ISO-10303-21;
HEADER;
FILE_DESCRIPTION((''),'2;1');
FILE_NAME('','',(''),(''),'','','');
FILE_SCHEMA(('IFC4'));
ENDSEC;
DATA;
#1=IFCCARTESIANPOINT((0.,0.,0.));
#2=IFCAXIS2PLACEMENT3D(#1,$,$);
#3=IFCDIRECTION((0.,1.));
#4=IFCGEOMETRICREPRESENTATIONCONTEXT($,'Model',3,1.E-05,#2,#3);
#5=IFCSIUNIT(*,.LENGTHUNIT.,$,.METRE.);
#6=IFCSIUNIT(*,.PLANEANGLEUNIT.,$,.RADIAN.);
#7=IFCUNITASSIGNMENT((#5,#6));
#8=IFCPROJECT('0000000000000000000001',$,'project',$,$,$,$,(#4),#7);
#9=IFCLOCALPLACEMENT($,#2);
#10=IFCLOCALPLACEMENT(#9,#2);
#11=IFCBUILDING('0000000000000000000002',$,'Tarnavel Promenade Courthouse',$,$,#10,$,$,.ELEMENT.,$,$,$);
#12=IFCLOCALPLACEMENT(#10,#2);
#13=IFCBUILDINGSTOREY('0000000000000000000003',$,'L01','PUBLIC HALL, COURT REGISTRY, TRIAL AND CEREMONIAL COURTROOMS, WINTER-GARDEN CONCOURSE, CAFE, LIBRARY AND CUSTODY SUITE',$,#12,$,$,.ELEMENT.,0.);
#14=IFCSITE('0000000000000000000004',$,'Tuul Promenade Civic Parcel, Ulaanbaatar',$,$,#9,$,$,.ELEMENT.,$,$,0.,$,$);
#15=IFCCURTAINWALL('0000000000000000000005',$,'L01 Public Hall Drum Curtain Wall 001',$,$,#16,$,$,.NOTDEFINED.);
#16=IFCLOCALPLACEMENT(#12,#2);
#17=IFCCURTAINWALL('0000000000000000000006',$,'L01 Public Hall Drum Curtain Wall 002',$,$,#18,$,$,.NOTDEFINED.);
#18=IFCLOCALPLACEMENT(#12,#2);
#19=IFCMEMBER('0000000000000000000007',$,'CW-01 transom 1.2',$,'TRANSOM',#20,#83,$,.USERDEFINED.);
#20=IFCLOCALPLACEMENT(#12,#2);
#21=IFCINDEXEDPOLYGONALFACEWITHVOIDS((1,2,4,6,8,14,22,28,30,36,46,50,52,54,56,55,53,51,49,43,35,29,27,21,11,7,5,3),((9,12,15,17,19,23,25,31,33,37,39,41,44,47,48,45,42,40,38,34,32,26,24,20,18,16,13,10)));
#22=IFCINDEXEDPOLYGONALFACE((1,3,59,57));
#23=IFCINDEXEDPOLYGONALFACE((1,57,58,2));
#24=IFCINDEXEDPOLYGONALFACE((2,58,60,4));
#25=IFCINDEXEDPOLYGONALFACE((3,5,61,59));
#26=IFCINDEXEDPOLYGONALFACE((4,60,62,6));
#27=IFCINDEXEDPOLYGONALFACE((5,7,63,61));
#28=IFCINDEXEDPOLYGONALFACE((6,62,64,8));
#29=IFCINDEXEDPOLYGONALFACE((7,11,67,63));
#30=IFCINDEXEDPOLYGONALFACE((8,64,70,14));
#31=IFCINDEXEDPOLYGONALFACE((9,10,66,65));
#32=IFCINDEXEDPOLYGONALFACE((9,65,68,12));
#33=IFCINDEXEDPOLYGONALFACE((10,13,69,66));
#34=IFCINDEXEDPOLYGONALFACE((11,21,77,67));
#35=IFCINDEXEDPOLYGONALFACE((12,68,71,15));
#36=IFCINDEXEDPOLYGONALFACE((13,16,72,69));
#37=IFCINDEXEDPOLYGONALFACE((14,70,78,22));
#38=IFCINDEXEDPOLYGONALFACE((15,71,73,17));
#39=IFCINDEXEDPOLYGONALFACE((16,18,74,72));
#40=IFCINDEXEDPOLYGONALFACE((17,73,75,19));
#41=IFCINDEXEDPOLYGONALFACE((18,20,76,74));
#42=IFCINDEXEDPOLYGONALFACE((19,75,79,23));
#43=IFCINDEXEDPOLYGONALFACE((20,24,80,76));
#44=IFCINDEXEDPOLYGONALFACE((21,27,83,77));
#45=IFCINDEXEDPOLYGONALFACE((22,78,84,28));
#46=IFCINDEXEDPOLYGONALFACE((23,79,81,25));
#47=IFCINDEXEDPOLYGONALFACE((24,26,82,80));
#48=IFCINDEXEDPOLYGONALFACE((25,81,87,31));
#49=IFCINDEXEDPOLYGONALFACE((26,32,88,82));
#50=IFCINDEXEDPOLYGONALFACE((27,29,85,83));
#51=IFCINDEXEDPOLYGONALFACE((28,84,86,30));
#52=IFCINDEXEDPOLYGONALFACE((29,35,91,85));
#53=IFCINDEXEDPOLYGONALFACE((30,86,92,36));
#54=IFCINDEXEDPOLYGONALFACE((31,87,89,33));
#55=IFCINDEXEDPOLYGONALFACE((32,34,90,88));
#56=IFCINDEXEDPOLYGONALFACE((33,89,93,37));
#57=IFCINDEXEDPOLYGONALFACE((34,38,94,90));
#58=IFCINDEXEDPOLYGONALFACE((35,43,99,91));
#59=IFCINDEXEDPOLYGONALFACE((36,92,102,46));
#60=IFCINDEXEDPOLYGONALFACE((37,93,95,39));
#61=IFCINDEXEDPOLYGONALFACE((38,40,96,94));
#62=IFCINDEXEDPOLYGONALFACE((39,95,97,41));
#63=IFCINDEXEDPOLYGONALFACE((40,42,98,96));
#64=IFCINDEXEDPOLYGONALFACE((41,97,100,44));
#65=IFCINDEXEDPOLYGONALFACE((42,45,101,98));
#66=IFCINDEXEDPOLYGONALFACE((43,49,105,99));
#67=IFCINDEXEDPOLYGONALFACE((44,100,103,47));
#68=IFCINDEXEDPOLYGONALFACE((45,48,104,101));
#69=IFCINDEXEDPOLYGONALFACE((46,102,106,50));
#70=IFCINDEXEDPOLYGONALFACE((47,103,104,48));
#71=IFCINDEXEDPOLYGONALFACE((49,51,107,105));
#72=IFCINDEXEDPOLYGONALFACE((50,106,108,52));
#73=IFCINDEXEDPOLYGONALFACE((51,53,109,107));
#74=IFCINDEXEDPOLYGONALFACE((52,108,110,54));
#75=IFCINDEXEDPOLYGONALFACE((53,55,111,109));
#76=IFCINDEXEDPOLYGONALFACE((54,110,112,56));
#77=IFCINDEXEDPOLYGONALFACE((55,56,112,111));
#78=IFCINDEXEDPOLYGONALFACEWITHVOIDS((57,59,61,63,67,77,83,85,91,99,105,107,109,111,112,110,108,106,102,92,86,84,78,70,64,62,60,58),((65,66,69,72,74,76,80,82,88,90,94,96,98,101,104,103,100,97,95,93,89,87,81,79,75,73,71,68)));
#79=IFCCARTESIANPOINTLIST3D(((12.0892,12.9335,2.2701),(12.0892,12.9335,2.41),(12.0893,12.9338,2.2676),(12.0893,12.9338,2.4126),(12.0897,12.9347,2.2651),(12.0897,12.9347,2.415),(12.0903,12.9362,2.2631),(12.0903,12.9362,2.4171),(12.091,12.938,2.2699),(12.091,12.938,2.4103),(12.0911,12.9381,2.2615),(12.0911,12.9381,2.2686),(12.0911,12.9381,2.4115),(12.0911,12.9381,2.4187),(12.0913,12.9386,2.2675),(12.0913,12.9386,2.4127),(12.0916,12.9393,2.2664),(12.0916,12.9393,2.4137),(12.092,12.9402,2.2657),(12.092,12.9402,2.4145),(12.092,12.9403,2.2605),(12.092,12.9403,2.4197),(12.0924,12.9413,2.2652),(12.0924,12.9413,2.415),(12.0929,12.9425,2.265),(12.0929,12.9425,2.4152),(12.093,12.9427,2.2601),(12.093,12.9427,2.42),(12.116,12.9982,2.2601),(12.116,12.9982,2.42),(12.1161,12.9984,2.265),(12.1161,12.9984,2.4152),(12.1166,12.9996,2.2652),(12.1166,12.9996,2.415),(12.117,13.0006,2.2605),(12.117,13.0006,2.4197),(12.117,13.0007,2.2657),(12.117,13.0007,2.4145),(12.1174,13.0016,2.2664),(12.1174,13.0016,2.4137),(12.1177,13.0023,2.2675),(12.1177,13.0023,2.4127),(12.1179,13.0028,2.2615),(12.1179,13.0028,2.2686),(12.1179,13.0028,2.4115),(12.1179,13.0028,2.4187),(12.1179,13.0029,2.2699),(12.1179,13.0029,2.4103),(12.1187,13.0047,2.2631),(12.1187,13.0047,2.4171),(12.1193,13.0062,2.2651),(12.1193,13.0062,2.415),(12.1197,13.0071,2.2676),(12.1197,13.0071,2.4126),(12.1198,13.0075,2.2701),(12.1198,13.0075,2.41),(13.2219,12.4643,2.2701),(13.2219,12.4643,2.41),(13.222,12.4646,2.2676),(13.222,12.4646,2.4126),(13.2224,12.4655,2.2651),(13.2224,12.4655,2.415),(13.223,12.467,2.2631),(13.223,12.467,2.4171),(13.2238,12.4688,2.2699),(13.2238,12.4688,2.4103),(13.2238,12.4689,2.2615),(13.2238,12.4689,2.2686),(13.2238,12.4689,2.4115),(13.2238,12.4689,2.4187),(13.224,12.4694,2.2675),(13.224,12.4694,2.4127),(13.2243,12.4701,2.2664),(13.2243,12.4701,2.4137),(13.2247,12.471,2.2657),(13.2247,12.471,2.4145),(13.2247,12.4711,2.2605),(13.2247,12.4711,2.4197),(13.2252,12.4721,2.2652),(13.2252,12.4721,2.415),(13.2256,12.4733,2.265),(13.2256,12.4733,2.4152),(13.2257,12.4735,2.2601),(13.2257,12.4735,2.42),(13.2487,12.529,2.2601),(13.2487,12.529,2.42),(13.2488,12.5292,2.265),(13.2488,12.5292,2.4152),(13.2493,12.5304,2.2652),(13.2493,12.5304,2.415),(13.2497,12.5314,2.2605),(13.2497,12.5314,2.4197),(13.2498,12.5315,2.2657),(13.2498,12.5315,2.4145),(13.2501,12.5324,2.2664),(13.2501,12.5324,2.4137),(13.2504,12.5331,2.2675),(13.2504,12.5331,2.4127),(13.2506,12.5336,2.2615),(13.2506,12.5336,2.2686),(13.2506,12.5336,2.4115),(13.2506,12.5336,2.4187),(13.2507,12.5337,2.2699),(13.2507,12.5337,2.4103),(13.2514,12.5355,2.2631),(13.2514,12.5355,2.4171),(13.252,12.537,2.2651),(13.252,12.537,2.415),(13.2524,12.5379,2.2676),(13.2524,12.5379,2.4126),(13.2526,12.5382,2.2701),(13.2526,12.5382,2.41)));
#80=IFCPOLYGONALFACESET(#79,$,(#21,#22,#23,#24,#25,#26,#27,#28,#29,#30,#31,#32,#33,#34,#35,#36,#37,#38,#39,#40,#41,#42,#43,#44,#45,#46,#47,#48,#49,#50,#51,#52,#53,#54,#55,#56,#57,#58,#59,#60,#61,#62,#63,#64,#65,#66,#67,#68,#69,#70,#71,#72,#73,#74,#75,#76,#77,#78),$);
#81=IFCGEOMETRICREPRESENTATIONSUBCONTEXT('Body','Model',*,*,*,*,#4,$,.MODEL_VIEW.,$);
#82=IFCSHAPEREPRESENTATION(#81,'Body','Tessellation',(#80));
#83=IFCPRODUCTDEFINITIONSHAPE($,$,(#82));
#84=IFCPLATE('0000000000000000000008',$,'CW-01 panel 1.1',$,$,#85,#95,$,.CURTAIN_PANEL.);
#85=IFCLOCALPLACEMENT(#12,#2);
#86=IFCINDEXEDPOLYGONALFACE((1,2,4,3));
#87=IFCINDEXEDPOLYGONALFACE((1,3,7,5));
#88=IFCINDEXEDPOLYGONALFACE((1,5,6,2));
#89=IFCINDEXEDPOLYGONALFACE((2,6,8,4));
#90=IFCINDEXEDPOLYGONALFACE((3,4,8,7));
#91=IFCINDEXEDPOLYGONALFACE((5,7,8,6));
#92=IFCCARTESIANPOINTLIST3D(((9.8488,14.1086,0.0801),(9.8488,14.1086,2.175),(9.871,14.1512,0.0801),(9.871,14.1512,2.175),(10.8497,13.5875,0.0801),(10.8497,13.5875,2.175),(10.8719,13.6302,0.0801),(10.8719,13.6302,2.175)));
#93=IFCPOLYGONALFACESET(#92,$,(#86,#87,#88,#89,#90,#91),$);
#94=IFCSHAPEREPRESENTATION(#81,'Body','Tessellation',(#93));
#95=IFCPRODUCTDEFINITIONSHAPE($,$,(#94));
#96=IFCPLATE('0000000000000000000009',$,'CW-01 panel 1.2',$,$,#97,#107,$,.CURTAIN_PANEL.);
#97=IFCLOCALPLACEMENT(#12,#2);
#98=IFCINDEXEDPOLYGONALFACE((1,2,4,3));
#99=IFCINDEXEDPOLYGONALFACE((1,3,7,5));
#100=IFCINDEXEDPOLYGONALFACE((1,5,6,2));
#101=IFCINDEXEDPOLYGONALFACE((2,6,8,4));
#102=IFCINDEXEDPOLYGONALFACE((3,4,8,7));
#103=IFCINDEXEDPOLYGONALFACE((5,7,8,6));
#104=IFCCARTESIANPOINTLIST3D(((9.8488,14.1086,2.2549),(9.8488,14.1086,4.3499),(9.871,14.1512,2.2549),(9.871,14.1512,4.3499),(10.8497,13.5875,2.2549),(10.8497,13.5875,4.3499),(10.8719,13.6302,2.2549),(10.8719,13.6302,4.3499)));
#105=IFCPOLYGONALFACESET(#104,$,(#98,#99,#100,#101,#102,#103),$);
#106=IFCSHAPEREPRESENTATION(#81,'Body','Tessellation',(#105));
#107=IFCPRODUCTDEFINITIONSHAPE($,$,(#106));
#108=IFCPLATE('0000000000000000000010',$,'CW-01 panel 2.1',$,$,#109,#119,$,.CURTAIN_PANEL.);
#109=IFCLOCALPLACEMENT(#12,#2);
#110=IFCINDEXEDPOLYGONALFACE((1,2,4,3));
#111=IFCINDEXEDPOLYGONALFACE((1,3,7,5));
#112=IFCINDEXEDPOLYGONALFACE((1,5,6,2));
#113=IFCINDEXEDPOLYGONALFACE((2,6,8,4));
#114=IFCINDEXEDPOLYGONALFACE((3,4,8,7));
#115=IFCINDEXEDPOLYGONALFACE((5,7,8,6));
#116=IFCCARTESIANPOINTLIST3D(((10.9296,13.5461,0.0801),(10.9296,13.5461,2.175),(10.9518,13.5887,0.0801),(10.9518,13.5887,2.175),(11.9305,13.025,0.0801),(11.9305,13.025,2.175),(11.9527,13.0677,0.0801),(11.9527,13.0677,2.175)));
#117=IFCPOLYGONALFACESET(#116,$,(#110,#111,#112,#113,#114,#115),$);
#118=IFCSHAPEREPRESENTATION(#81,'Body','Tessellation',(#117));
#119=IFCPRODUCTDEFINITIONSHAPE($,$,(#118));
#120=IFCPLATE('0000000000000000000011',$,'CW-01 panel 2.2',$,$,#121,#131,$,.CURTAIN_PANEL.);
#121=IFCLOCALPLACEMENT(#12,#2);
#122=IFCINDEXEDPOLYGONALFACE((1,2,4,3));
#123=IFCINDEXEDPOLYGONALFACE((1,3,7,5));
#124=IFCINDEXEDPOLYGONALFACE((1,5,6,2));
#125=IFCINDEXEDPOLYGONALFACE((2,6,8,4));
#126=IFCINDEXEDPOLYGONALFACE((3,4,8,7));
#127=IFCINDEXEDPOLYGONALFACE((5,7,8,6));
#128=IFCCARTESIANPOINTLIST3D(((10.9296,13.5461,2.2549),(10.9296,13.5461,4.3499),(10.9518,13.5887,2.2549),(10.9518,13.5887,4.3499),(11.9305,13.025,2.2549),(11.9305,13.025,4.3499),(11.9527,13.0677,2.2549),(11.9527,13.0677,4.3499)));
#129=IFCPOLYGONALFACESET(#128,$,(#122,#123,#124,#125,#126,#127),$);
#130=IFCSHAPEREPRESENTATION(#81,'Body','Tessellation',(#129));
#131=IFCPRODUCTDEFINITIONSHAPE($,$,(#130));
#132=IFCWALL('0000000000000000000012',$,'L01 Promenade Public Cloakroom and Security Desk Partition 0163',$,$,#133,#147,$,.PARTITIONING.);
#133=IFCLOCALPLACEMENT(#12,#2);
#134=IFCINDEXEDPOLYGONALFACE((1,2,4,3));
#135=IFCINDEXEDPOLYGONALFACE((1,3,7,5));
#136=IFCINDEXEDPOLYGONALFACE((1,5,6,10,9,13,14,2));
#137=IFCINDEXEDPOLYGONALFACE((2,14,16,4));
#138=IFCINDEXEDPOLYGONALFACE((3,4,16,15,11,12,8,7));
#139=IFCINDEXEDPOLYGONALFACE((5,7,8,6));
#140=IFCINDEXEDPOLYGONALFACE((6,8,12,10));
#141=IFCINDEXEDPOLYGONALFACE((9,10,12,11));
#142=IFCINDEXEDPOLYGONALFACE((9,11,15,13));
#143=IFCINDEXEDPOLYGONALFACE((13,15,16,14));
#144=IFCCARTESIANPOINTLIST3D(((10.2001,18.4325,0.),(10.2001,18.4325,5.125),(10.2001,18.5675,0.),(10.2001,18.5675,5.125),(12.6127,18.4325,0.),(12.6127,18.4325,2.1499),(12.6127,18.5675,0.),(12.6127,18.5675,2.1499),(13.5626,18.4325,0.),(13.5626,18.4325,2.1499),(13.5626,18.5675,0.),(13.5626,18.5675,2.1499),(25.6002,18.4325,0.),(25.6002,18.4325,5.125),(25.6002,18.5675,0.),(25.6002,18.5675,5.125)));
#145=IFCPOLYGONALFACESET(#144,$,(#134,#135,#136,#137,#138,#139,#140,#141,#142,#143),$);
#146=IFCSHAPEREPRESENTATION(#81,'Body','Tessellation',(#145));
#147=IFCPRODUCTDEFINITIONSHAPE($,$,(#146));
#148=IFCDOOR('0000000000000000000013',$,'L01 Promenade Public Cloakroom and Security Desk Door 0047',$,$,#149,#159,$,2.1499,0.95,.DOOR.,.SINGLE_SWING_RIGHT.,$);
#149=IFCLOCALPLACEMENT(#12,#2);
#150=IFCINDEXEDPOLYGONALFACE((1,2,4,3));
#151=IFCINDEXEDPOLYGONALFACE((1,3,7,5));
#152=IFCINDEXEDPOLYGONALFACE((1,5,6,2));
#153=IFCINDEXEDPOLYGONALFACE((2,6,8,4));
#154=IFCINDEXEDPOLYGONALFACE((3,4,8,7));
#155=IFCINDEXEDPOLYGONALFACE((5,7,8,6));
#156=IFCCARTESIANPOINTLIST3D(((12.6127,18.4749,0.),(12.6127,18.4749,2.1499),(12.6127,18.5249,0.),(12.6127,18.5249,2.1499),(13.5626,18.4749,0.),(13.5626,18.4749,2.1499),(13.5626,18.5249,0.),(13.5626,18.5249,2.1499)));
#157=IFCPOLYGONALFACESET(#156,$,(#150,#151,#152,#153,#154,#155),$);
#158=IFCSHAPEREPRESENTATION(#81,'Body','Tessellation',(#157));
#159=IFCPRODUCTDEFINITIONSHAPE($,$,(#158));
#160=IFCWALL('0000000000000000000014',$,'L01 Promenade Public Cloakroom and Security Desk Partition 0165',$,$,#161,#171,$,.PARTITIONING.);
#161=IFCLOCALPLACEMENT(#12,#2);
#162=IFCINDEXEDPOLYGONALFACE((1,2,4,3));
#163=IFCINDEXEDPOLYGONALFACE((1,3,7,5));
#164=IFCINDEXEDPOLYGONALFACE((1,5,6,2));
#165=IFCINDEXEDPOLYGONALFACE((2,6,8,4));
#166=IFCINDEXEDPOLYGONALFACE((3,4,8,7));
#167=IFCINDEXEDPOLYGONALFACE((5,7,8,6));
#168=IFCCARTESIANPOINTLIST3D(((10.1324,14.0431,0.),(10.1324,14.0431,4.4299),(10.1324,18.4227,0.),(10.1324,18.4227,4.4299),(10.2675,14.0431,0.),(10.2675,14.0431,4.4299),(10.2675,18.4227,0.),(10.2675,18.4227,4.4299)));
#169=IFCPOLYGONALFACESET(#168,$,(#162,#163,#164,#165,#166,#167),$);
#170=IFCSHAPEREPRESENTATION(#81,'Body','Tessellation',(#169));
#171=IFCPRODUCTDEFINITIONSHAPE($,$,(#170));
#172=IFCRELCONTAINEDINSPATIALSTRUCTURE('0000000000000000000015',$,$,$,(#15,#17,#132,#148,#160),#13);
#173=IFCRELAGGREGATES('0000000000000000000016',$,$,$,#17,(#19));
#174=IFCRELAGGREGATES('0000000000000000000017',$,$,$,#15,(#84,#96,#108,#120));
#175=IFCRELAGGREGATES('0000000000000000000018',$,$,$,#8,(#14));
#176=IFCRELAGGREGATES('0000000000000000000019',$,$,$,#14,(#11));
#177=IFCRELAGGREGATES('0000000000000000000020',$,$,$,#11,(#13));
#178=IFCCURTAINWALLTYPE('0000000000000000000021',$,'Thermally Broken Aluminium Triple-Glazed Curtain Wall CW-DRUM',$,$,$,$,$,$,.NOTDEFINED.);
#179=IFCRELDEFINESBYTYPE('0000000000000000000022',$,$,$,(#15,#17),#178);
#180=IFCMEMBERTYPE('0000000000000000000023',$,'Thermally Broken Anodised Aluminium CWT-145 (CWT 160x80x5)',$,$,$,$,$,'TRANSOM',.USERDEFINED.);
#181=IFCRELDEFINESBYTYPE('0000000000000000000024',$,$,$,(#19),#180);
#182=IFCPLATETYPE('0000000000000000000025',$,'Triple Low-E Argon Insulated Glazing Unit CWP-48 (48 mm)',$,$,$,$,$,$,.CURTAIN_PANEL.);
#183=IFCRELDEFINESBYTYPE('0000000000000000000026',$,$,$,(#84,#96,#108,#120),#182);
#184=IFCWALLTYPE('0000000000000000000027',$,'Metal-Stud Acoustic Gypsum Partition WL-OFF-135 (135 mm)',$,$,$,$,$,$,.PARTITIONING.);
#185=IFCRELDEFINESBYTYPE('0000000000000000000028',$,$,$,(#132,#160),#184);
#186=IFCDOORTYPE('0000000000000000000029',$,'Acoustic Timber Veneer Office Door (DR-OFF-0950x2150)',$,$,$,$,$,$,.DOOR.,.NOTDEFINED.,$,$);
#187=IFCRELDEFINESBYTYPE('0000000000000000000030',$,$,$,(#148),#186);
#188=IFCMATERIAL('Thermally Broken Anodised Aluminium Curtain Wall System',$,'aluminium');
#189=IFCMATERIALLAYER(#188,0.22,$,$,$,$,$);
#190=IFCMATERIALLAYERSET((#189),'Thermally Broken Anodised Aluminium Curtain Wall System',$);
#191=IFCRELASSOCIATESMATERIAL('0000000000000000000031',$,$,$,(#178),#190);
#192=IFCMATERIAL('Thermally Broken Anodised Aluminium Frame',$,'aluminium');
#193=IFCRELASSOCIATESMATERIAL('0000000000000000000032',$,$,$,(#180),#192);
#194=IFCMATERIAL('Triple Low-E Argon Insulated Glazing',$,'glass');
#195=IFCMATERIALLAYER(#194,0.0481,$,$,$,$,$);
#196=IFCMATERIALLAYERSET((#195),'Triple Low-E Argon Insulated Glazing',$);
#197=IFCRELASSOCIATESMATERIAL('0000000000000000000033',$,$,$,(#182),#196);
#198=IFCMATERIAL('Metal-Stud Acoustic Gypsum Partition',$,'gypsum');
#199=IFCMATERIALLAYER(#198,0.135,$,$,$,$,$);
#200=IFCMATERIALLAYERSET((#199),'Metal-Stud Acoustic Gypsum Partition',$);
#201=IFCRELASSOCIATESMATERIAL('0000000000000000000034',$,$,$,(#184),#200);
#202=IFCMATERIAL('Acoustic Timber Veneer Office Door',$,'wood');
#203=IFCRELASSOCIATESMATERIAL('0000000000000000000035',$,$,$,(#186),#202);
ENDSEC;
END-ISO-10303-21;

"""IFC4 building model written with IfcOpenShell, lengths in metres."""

from ifc_helpers import new_model, si_unit, direction, frame, frame_2d, origin, origin_2d, place, context, subcontext, project, spatial, rectangle, hollow_rectangle, extrude, material, layer, layer_set, material_profile, profile_set, type_object, element, fill, aggregate, save


model = new_model("IFC4")

# Units and contexts
model_context = context("Model", 3, precision=1e-05, world=origin(), true_north=direction((0.0, 1.0)))
body_context = subcontext(model_context, "Body", "Model", "MODEL_VIEW")
ifc_project = project(units=[si_unit("LENGTHUNIT", "METRE"), si_unit("PLANEANGLEUNIT", "RADIAN")], contexts=[model_context])

# Site, building, storey
site_placement = place(None, origin())
site = spatial("IfcSite", under=ifc_project, at=site_placement, Name="Tuul Promenade Civic Parcel, Ulaanbaatar", CompositionType="ELEMENT", RefElevation=0.0)
building_placement = place(site_placement, origin())
building = spatial("IfcBuilding", under=site, at=building_placement, Name="Tarnavel Promenade Courthouse", CompositionType="ELEMENT")
storey_placement = place(building_placement, origin())
storey = spatial("IfcBuildingStorey", under=building, at=storey_placement, Name="L01", Description="PUBLIC HALL, COURT REGISTRY, TRIAL AND CEREMONIAL COURTROOMS, WINTER-GARDEN CONCOURSE, CAFE, LIBRARY AND CUSTODY SUITE", CompositionType="ELEMENT", Elevation=0.0)

# Curtain wall
ifc_material_1 = material(Name="Thermally Broken Anodised Aluminium Curtain Wall System", Category="aluminium")
ifc_layer_1 = layer(ifc_material_1, 0.22)
ifc_layer_set_1 = layer_set([ifc_layer_1], Name="Thermally Broken Anodised Aluminium Curtain Wall System")
curtain_wall_type = type_object("IfcCurtainWallType", Name="Thermally Broken Aluminium Triple-Glazed Curtain Wall CW-DRUM", PredefinedType="NOTDEFINED", material=ifc_layer_set_1)
curtain_wall_1_placement = place(storey_placement, origin())
curtain_wall_1 = element("IfcCurtainWall", 1, at=curtain_wall_1_placement, inside=storey, type_object=curtain_wall_type, Name="L01 Public Hall Drum Curtain Wall 001", PredefinedType="NOTDEFINED")
ifc_material_2 = material(Name="Thermally Broken Anodised Aluminium Frame", Category="aluminium")

# Curtain wall
curtain_wall_2_placement = place(storey_placement, origin())
curtain_wall_2 = element("IfcCurtainWall", 2, at=curtain_wall_2_placement, inside=storey, type_object=curtain_wall_type, Name="L01 Public Hall Drum Curtain Wall 002", PredefinedType="NOTDEFINED")

# Member
ifc_material_profile_1 = material_profile(ifc_material_2, hollow_rectangle(XDim=0.0801, YDim=0.1599, WallThickness=0.0049, InnerFilletRadius=0.0049, OuterFilletRadius=0.01, at=origin_2d()), Name="CWT 160x80x5")
ifc_profile_set_1 = profile_set([ifc_material_profile_1], Name="Thermally Broken Anodised Aluminium Frame")
member_type_1 = type_object("IfcMemberType", Name="Thermally Broken Anodised Aluminium CWT-145 (CWT 160x80x5)", ElementType="TRANSOM", PredefinedType="USERDEFINED", material=ifc_profile_set_1)
member_1_placement = place(storey_placement, frame((12.1045, 12.9705, 2.3401), z_axis=(0.923876, -0.382692, 0.0), x_axis=(0.382692, 0.923876, 0.0)))
member_1 = element("IfcMember", 3, at=member_1_placement, type_object=member_type_1, Name="CW-01 transom 1.2", ObjectType="TRANSOM", PredefinedType="USERDEFINED", context=body_context, shape_type="SweptSolid", body=[
    extrude(hollow_rectangle(XDim=0.0801, YDim=0.1599, WallThickness=0.0049, InnerFilletRadius=0.0049, OuterFilletRadius=0.01, at=origin_2d()), origin(), (0.0, 0.0, 1.0), 1.2261),
])
aggregate(curtain_wall_2, [member_1])

# Plates
ifc_material_3 = material(Name="Triple Low-E Argon Insulated Glazing", Category="glass")
ifc_layer_2 = layer(ifc_material_3, 0.0481)
ifc_layer_set_2 = layer_set([ifc_layer_2], Name="Triple Low-E Argon Insulated Glazing")
plate_type = type_object("IfcPlateType", Name="Triple Low-E Argon Insulated Glazing Unit CWP-48 (48 mm)", PredefinedType="CURTAIN_PANEL", material=ifc_layer_set_2)
plate_1_placement = place(storey_placement, frame((10.3604, 13.8694, 0.0801), z_axis=(0.0, 0.0, 1.0), x_axis=(0.887011, -0.461748, 0.0)))
plate_1 = element("IfcPlate", 4, at=plate_1_placement, type_object=plate_type, Name="CW-01 panel 1.1", PredefinedType="CURTAIN_PANEL", context=body_context, shape_type="SweptSolid", body=[
    extrude(rectangle(XDim=1.1284, YDim=0.0481, at=origin_2d()), origin(), (0.0, 0.0, 1.0), 2.095),
])
plate_2_placement = place(storey_placement, frame((10.3604, 13.8694, 2.2549), z_axis=(0.0, 0.0, 1.0), x_axis=(0.887011, -0.461748, 0.0)))
plate_2 = element("IfcPlate", 5, at=plate_2_placement, type_object=plate_type, Name="CW-01 panel 1.2", PredefinedType="CURTAIN_PANEL", context=body_context, shape_type="SweptSolid", body=[
    extrude(rectangle(XDim=1.1284, YDim=0.0481, at=origin_2d()), origin(), (0.0, 0.0, 1.0), 2.095),
])
plate_3_placement = place(storey_placement, frame((11.4412, 13.3069, 0.0801), z_axis=(0.0, 0.0, 1.0), x_axis=(0.887011, -0.461748, 0.0)))
plate_3 = element("IfcPlate", 6, at=plate_3_placement, type_object=plate_type, Name="CW-01 panel 2.1", PredefinedType="CURTAIN_PANEL", context=body_context, shape_type="SweptSolid", body=[
    extrude(rectangle(XDim=1.1284, YDim=0.0481, at=origin_2d()), origin(), (0.0, 0.0, 1.0), 2.095),
])
plate_4_placement = place(storey_placement, frame((11.4412, 13.3069, 2.2549), z_axis=(0.0, 0.0, 1.0), x_axis=(0.887011, -0.461748, 0.0)))
plate_4 = element("IfcPlate", 7, at=plate_4_placement, type_object=plate_type, Name="CW-01 panel 2.2", PredefinedType="CURTAIN_PANEL", context=body_context, shape_type="SweptSolid", body=[
    extrude(rectangle(XDim=1.1284, YDim=0.0481, at=origin_2d()), origin(), (0.0, 0.0, 1.0), 2.095),
])
aggregate(curtain_wall_1, [plate_1, plate_2, plate_3, plate_4])

# Wall, opening, door
ifc_material_4 = material(Name="Metal-Stud Acoustic Gypsum Partition", Category="gypsum")
ifc_layer_3 = layer(ifc_material_4, 0.135)
ifc_layer_set_3 = layer_set([ifc_layer_3], Name="Metal-Stud Acoustic Gypsum Partition")
wall_type = type_object("IfcWallType", Name="Metal-Stud Acoustic Gypsum Partition WL-OFF-135 (135 mm)", PredefinedType="PARTITIONING", material=ifc_layer_set_3)
wall_1_placement = place(storey_placement, frame((10.2, 18.5, 0.0), z_axis=(0.0, 0.0, 1.0), x_axis=(1.0, 0.0, 0.0)))
wall_1 = element("IfcWall", 8, at=wall_1_placement, inside=storey, type_object=wall_type, Name="L01 Promenade Public Cloakroom and Security Desk Partition 0163", PredefinedType="PARTITIONING", context=body_context, shape_type="SweptSolid", body=[
    extrude(rectangle(XDim=15.4001, YDim=0.135, at=frame_2d((7.7002, 0.0))), origin(), (0.0, 0.0, 1.0), 5.125),
])
opening_placement = place(wall_1_placement, frame((2.4126, 0.0, 0.0)))
opening = element("IfcOpeningElement", 9, at=opening_placement, cuts=wall_1, PredefinedType="OPENING", context=body_context, shape_type="SweptSolid", body=[
    extrude(rectangle(XDim=0.95, YDim=2.1499, at=frame_2d((0.4751, 1.075))), frame((0.0, 0.0774, 0.0), z_axis=(0.0, -1.0, 0.0), x_axis=(1.0, 0.0, 0.0)), (0.0, 0.0, 1.0), 0.155),
])
ifc_material_5 = material(Name="Acoustic Timber Veneer Office Door", Category="wood")
door_type = type_object("IfcDoorType", Name="Acoustic Timber Veneer Office Door (DR-OFF-0950x2150)", OperationType="NOTDEFINED", PredefinedType="DOOR", material=ifc_material_5)
door_placement = place(opening_placement, origin())
door = element("IfcDoor", 10, at=door_placement, inside=storey, type_object=door_type, Name="L01 Promenade Public Cloakroom and Security Desk Door 0047", OperationType="SINGLE_SWING_RIGHT", OverallHeight=2.1499, OverallWidth=0.95, PredefinedType="DOOR", context=body_context, shape_type="SweptSolid", body=[
    extrude(rectangle(XDim=0.95, YDim=2.1499, at=frame_2d((0.4751, 1.075))), frame((0.0, 0.0249, 0.0), z_axis=(0.0, -1.0, 0.0), x_axis=(1.0, 0.0, 0.0)), (0.0, 0.0, 1.0), 0.05),
])
fill(opening, door)

# Wall
wall_2_placement = place(storey_placement, frame((10.2, 14.043, 0.0), z_axis=(0.0, 0.0, 1.0), x_axis=(0.0, 1.0, 0.0)))
element("IfcWall", 11, at=wall_2_placement, inside=storey, type_object=wall_type, Name="L01 Promenade Public Cloakroom and Security Desk Partition 0165", PredefinedType="PARTITIONING", context=body_context, shape_type="SweptSolid", body=[
    extrude(rectangle(XDim=4.3796, YDim=0.135, at=frame_2d((2.1899, 0.0))), origin(), (0.0, 0.0, 1.0), 4.4299),
])

save(model, "model.ifc")
